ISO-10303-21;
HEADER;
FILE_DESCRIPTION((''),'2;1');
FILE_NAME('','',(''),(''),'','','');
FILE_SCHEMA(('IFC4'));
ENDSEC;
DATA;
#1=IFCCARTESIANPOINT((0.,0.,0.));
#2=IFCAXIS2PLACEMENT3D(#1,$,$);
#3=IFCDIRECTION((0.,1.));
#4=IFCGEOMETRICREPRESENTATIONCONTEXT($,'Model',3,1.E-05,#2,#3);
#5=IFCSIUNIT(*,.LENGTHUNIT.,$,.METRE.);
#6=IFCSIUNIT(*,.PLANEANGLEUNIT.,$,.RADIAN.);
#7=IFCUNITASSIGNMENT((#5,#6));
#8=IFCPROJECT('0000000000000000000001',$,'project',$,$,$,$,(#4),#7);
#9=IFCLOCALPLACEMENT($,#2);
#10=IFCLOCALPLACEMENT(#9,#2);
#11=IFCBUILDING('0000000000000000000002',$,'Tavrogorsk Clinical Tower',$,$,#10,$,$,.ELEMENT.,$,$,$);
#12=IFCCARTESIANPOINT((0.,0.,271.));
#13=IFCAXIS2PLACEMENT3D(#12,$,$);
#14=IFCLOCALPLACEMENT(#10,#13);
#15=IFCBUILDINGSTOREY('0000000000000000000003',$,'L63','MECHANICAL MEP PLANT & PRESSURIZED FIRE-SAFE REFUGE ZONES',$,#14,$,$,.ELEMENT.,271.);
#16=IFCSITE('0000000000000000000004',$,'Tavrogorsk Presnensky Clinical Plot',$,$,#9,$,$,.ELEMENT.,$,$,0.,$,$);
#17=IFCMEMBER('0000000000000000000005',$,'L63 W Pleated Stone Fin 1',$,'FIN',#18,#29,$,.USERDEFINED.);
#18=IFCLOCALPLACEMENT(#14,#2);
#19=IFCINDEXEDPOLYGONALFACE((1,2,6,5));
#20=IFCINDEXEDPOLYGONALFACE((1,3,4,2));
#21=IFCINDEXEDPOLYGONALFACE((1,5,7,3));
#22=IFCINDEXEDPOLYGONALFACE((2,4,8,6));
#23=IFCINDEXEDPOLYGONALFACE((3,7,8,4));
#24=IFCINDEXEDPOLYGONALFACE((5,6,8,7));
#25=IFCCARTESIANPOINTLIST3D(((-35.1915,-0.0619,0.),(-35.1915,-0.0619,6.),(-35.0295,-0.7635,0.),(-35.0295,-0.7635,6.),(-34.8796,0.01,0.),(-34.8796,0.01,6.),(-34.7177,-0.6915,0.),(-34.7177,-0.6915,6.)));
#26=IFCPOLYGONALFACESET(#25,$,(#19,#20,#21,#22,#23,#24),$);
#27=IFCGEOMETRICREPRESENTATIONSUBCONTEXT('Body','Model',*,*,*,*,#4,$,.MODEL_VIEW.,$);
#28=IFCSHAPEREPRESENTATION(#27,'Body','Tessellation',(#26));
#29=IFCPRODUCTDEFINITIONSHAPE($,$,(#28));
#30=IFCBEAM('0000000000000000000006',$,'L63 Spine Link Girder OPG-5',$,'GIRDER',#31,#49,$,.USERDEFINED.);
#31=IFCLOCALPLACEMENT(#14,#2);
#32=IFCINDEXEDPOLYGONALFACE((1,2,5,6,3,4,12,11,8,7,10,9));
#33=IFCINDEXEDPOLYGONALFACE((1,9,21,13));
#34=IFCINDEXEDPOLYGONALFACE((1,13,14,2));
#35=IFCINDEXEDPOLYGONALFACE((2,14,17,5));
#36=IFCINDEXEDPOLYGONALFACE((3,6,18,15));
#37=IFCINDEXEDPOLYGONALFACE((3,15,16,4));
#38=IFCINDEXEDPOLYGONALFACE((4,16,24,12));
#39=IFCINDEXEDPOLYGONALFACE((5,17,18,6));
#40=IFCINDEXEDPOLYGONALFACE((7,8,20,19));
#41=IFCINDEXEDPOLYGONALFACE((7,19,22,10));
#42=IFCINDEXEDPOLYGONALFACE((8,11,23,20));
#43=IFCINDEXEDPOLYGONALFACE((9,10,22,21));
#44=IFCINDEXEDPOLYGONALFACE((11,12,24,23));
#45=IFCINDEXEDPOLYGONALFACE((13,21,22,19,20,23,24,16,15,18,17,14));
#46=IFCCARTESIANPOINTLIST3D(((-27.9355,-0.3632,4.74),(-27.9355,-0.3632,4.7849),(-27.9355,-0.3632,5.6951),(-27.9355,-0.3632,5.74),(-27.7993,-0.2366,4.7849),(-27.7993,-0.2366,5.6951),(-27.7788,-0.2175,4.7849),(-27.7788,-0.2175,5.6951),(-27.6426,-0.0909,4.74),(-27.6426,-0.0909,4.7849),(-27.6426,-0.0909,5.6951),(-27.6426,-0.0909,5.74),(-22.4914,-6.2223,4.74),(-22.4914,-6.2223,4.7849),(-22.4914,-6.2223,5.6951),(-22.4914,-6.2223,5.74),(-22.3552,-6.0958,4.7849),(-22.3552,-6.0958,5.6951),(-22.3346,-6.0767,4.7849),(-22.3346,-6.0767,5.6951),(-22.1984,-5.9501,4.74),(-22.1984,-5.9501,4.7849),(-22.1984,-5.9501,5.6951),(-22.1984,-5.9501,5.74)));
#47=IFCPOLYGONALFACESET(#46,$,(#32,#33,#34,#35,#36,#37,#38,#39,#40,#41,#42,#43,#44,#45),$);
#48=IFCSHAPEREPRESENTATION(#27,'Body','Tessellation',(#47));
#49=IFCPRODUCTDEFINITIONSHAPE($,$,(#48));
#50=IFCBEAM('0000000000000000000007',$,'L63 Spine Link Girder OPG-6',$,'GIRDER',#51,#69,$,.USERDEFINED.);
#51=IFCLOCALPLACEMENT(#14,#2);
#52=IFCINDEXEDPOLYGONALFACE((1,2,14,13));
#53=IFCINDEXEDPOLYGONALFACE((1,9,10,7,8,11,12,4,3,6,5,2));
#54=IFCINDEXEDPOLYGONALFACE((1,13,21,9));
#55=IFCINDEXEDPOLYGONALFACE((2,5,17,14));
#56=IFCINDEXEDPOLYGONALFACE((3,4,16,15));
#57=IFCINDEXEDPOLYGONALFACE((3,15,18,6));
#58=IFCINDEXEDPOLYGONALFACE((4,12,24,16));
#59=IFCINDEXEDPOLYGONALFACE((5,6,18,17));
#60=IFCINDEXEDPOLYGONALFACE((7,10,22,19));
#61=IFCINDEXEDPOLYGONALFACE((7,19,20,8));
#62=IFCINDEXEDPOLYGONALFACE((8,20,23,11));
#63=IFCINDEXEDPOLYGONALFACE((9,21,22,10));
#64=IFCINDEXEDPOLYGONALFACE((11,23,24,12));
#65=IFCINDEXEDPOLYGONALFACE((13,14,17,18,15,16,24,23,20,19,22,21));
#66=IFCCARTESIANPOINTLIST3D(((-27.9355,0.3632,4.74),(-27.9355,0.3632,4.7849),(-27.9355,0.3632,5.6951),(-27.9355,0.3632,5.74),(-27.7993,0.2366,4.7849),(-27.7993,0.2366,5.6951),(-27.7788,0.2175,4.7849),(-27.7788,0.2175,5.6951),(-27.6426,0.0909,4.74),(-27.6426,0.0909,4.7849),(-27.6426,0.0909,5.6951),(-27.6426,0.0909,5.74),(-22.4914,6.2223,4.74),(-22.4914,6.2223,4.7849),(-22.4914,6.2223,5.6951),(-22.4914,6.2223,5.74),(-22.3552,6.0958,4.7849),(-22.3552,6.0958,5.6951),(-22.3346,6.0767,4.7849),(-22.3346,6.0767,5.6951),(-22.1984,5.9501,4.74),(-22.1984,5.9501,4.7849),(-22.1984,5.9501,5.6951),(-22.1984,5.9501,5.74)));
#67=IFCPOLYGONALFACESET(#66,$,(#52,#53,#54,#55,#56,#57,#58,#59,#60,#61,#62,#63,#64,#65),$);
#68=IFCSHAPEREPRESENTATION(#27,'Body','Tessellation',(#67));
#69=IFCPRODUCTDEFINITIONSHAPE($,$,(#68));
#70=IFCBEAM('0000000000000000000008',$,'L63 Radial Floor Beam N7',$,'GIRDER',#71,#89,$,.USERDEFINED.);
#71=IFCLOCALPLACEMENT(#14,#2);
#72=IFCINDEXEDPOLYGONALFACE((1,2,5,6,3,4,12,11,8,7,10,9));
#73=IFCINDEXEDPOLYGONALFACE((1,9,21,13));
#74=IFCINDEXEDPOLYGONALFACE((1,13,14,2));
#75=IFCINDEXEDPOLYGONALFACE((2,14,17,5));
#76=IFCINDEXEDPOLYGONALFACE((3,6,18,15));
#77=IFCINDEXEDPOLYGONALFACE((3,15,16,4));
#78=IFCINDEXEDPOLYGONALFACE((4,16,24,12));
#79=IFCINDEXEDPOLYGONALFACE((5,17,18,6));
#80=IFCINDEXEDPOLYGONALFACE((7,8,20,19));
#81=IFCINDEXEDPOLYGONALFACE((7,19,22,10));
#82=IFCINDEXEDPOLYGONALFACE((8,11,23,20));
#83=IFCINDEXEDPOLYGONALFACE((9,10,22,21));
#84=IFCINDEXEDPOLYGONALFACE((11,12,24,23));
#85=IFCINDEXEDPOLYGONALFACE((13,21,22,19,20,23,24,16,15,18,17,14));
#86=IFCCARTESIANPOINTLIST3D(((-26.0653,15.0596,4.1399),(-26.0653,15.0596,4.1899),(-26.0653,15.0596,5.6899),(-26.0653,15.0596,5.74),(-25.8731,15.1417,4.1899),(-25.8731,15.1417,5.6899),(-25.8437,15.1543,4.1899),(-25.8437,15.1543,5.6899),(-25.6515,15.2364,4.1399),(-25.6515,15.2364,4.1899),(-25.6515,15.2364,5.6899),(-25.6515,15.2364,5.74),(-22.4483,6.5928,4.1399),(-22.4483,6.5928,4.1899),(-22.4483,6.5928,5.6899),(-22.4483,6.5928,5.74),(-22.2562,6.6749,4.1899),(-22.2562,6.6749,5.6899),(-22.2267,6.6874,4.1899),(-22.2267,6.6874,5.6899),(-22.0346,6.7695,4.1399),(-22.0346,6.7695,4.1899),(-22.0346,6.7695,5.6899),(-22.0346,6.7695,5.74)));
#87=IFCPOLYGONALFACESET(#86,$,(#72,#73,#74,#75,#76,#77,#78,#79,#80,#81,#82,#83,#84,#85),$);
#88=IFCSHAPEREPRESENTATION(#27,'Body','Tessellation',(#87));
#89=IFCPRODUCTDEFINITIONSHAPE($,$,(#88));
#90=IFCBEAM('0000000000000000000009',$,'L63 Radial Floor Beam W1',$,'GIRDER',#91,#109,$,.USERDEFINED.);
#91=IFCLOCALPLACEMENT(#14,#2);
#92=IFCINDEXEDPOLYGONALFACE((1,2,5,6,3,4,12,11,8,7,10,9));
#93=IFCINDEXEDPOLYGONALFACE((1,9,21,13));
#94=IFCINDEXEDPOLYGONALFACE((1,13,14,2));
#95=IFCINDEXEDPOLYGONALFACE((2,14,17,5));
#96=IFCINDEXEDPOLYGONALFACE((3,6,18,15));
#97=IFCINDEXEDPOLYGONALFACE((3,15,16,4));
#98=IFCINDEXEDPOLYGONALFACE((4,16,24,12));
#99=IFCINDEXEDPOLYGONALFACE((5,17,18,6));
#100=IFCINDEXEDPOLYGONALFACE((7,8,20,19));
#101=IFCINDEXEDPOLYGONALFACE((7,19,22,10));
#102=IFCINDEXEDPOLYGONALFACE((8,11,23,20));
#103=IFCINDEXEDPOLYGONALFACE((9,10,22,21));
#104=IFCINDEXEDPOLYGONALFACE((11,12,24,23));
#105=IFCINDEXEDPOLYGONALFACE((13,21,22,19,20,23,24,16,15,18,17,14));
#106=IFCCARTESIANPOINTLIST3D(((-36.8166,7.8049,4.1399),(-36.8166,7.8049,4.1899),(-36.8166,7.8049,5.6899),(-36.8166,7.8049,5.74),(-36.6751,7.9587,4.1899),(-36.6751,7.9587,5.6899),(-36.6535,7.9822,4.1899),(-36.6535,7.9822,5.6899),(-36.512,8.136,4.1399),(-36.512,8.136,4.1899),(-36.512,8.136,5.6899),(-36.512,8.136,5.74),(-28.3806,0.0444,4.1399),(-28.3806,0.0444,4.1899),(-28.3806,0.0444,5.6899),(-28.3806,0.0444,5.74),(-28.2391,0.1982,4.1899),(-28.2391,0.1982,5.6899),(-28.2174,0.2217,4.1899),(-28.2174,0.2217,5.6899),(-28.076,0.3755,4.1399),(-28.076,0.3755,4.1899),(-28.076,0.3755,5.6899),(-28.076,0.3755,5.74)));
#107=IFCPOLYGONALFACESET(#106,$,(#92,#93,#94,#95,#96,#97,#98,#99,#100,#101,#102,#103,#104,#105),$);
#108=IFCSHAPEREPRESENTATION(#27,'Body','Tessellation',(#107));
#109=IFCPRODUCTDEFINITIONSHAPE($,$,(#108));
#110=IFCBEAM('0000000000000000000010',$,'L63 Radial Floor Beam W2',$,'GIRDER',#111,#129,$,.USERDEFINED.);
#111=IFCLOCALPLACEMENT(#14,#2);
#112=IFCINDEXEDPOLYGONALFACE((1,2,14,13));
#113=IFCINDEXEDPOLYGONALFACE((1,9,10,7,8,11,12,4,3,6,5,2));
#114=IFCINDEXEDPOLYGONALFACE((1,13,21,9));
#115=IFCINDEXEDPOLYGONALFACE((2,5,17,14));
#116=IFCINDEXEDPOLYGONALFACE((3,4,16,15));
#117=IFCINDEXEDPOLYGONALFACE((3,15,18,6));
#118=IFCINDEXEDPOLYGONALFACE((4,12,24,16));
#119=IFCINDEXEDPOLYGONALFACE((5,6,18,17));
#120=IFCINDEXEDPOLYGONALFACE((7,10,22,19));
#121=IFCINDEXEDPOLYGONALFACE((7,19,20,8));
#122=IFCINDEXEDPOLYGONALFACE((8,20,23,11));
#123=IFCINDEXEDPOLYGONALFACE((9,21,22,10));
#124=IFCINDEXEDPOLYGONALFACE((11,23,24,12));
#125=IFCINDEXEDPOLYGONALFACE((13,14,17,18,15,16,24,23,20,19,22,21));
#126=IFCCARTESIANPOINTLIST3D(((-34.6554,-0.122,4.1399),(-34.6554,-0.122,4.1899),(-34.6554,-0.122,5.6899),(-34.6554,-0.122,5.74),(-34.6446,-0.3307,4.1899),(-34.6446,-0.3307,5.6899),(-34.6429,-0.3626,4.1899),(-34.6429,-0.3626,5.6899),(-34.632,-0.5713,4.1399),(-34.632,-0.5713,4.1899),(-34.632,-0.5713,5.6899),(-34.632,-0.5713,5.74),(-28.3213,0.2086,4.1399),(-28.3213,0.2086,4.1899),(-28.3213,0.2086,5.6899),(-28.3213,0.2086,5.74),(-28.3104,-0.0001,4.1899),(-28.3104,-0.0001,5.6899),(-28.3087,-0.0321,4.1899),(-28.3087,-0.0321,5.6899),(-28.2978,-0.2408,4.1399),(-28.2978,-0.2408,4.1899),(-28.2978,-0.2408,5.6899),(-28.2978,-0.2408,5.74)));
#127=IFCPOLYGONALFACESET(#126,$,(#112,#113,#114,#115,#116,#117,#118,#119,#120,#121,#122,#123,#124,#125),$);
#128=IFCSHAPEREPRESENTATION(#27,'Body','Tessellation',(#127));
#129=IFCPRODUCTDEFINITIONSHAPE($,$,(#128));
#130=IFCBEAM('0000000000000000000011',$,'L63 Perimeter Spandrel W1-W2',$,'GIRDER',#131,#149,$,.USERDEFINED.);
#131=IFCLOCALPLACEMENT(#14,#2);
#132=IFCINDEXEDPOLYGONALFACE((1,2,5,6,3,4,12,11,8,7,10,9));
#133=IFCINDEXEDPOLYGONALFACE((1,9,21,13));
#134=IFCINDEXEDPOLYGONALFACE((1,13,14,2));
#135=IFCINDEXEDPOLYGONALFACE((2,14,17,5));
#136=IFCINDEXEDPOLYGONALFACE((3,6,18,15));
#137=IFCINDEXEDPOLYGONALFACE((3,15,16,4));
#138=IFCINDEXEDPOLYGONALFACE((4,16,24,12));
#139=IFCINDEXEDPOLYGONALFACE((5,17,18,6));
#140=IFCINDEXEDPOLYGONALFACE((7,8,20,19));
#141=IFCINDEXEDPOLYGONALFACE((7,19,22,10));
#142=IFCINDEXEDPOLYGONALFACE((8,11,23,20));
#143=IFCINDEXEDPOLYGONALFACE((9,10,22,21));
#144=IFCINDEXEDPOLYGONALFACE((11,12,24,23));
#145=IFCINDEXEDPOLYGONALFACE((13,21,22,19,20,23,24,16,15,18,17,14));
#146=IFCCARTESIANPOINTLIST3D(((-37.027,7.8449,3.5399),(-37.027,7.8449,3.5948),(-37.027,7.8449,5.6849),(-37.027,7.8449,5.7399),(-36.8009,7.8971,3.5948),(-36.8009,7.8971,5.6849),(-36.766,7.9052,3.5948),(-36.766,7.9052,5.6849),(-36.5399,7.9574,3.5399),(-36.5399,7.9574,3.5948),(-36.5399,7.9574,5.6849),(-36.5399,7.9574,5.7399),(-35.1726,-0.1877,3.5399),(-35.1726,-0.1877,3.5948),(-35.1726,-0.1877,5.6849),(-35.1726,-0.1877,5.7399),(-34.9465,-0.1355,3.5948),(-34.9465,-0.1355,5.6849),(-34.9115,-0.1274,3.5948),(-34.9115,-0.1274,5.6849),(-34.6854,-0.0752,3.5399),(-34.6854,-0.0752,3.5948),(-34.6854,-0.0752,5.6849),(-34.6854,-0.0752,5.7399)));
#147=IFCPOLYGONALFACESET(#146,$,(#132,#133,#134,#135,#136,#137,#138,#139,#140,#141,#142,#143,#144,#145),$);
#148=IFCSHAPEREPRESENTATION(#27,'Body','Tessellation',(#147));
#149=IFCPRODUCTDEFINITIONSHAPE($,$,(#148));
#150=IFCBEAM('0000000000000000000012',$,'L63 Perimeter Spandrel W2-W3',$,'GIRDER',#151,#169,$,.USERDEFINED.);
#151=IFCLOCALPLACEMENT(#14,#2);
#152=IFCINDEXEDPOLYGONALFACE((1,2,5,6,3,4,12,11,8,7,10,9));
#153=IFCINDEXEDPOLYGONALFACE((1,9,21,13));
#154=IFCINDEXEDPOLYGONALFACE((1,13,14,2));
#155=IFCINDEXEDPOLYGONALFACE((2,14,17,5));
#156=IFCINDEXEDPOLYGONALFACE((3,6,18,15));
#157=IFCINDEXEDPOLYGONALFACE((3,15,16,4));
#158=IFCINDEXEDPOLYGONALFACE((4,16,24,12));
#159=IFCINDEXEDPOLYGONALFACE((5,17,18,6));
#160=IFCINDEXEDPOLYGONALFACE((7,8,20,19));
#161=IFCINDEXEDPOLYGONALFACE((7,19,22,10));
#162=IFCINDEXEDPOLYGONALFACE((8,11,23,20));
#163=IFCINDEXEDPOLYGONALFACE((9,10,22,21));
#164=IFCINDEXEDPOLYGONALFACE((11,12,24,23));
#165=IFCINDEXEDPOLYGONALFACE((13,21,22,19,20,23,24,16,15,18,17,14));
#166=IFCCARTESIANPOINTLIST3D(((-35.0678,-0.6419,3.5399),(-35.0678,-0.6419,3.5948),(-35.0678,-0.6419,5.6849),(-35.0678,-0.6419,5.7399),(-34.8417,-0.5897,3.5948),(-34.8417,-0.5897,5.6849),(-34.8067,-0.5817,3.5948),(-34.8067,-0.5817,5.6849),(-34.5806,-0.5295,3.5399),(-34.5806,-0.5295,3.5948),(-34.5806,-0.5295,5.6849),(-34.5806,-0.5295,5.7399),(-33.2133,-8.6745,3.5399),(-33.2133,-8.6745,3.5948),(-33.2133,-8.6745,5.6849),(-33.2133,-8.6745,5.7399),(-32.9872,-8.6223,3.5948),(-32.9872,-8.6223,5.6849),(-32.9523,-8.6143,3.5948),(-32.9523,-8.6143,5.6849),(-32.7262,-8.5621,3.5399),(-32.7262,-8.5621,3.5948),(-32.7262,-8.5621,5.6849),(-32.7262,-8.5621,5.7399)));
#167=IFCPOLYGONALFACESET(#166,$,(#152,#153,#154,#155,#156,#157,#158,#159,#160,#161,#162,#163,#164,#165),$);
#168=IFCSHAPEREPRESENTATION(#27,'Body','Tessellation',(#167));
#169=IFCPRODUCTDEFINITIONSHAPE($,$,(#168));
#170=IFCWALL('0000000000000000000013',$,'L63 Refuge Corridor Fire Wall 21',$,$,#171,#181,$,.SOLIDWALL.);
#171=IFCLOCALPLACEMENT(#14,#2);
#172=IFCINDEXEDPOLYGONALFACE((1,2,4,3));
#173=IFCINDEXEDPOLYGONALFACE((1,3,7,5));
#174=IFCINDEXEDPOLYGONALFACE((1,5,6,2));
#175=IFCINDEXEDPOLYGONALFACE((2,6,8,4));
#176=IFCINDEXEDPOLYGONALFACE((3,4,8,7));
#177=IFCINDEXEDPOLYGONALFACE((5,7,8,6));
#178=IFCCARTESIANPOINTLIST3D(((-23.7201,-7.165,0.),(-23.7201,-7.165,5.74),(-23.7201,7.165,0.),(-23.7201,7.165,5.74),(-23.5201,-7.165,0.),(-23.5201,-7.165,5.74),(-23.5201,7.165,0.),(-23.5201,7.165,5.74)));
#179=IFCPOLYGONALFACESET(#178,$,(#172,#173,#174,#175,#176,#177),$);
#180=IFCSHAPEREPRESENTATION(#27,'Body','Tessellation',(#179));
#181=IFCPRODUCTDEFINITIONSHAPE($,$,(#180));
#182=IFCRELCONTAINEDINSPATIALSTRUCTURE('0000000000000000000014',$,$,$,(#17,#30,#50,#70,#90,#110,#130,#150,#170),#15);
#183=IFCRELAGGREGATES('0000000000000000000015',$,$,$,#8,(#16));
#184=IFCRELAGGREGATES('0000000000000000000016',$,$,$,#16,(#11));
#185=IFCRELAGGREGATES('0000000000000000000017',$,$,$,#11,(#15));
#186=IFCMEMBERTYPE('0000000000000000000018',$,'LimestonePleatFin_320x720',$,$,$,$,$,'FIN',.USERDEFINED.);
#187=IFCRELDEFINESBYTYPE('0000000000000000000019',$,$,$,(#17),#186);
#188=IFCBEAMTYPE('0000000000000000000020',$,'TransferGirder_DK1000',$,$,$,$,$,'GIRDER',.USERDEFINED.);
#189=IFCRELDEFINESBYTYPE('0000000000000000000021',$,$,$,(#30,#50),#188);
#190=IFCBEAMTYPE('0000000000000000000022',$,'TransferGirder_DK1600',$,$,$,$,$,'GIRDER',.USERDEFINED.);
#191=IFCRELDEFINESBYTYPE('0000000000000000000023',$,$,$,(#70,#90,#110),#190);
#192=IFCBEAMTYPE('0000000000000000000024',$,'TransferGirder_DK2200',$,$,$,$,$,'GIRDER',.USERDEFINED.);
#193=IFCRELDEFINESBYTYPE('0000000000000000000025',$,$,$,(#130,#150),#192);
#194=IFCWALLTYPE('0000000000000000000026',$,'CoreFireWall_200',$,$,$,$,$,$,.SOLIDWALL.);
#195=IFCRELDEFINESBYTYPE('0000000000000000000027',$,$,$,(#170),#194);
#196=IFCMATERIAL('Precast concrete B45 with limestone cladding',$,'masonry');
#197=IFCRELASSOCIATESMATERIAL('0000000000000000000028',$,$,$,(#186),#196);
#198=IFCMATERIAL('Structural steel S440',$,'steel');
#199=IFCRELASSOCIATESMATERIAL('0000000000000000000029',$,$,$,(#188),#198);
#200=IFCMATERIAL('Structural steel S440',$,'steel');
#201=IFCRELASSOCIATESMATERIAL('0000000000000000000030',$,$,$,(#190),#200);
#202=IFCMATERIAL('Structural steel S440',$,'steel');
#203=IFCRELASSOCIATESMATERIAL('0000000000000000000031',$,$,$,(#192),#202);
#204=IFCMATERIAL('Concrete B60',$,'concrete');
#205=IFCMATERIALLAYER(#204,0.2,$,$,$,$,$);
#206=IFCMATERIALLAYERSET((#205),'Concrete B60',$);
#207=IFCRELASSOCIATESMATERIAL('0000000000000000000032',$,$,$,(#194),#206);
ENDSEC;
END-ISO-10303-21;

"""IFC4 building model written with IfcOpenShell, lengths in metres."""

from ifc_helpers import new_model, si_unit, direction, frame, frame_2d, origin, origin_2d, place, context, subcontext, project, spatial, rectangle, i_section, extrude, material, layer, layer_set, material_profile, profile_set, type_object, element, save


model = new_model("IFC4")

# Units and contexts
model_context = context("Model", 3, precision=1e-05, world=origin(), true_north=direction((0.0, 1.0)))
body_context = subcontext(model_context, "Body", "Model", "MODEL_VIEW")
ifc_project = project(units=[si_unit("LENGTHUNIT", "METRE"), si_unit("PLANEANGLEUNIT", "RADIAN")], contexts=[model_context])

# Site, building, storey
site_placement = place(None, origin())
site = spatial("IfcSite", under=ifc_project, at=site_placement, Name="Tavrogorsk Presnensky Clinical Plot", CompositionType="ELEMENT", RefElevation=0.0)
building_placement = place(site_placement, origin())
building = spatial("IfcBuilding", under=site, at=building_placement, Name="Tavrogorsk Clinical Tower", CompositionType="ELEMENT")
storey_placement = place(building_placement, frame((0.0, 0.0, 271.0)))
storey = spatial("IfcBuildingStorey", under=building, at=storey_placement, Name="L63", Description="MECHANICAL MEP PLANT & PRESSURIZED FIRE-SAFE REFUGE ZONES", CompositionType="ELEMENT", Elevation=271.0)

# Member
ifc_material_1 = material(Name="Precast concrete B45 with limestone cladding", Category="masonry")
ifc_material_profile_1 = material_profile(ifc_material_1, rectangle(XDim=0.3201, YDim=0.72, at=origin_2d()), Name="LIMESTONE-FIN-320x720")
ifc_profile_set_1 = profile_set([ifc_material_profile_1], Name="Precast concrete B45 with limestone cladding")
member_type_1 = type_object("IfcMemberType", Name="LimestonePleatFin_320x720", ElementType="FIN", PredefinedType="USERDEFINED", material=ifc_profile_set_1)
member_placement = place(storey_placement, frame((-34.9546, -0.3767, 0.0), z_axis=(0.0, 0.0, 1.0), x_axis=(0.97437, 0.224951, 0.0)))
element("IfcMember", 1, at=member_placement, inside=storey, type_object=member_type_1, Name="L63 W Pleated Stone Fin 1", ObjectType="FIN", PredefinedType="USERDEFINED", context=body_context, shape_type="SweptSolid", body=[
    extrude(rectangle(XDim=0.3201, YDim=0.72, at=origin_2d()), origin(), (0.0, 0.0, 1.0), 6.0),
])

# Beams
ifc_material_2 = material(Name="Structural steel S440", Category="steel")
ifc_material_profile_2 = material_profile(ifc_material_2, i_section(OverallWidth=0.3999, OverallDepth=1.0, WebThickness=0.0281, FlangeThickness=0.0449, at=origin_2d()), Name="DK-1000x400x28x45")
ifc_profile_set_2 = profile_set([ifc_material_profile_2], Name="Structural steel S440")
beam_type_1 = type_object("IfcBeamType", Name="TransferGirder_DK1000", ElementType="GIRDER", PredefinedType="USERDEFINED", material=ifc_profile_set_2)
for number, where, z_axis, x_axis, name in (
    (2, (-27.7891, -0.2271, 5.24), (0.680684, -0.732577, 0.0), (0.732577, 0.680684, 0.0), "L63 Spine Link Girder OPG-5"),
    (3, (-27.7891, 0.2271, 5.24), (0.680684, 0.732577, 0.0), (-0.732577, 0.680684, 0.0), "L63 Spine Link Girder OPG-6"),
):
    element("IfcBeam", number, at=place(storey_placement, frame(where, z_axis=z_axis, x_axis=x_axis)), inside=storey, type_object=beam_type_1, Name=name, ObjectType="GIRDER", PredefinedType="USERDEFINED", context=body_context, shape_type="SweptSolid", body=[
        extrude(i_section(OverallWidth=0.3999, OverallDepth=1.0, WebThickness=0.0281, FlangeThickness=0.0449, at=origin_2d()), origin(), (0.0, 0.0, 1.0), 7.998),
    ])
ifc_material_3 = material(Name="Structural steel S440", Category="steel")
ifc_material_profile_3 = material_profile(ifc_material_3, i_section(OverallWidth=0.45, OverallDepth=1.6001, WebThickness=0.032, FlangeThickness=0.05, at=origin_2d()), Name="DK-1600x450x32x50")
ifc_profile_set_3 = profile_set([ifc_material_profile_3], Name="Structural steel S440")
beam_type_2 = type_object("IfcBeamType", Name="TransferGirder_DK1600", ElementType="GIRDER", PredefinedType="USERDEFINED", material=ifc_profile_set_3)
beam_1_placement = place(storey_placement, frame((-22.2415, 6.6812, 4.9399), z_axis=(-0.392847, 0.919604, 0.0), x_axis=(-0.919604, -0.392847, 0.0)))
element("IfcBeam", 4, at=beam_1_placement, inside=storey, type_object=beam_type_2, Name="L63 Radial Floor Beam N7", ObjectType="GIRDER", PredefinedType="USERDEFINED", context=body_context, shape_type="SweptSolid", body=[
    extrude(i_section(OverallWidth=0.45, OverallDepth=1.6001, WebThickness=0.032, FlangeThickness=0.05, at=origin_2d()), origin(), (0.0, 0.0, 1.0), 9.207),
])
beam_2_placement = place(storey_placement, frame((-28.2283, 0.21, 4.9399), z_axis=(-0.735959, 0.677026, 0.0), x_axis=(-0.677026, -0.735959, 0.0)))
element("IfcBeam", 5, at=beam_2_placement, inside=storey, type_object=beam_type_2, Name="L63 Radial Floor Beam W1", ObjectType="GIRDER", PredefinedType="USERDEFINED", context=body_context, shape_type="SweptSolid", body=[
    extrude(i_section(OverallWidth=0.45, OverallDepth=1.6001, WebThickness=0.032, FlangeThickness=0.05, at=origin_2d()), origin(), (0.0, 0.0, 1.0), 11.4626),
])
beam_3_placement = place(storey_placement, frame((-28.3096, -0.0161, 4.9399), z_axis=(-0.998641, -0.052116, 0.0), x_axis=(0.052116, -0.998641, 0.0)))
element("IfcBeam", 6, at=beam_3_placement, inside=storey, type_object=beam_type_2, Name="L63 Radial Floor Beam W2", ObjectType="GIRDER", PredefinedType="USERDEFINED", context=body_context, shape_type="SweptSolid", body=[
    extrude(i_section(OverallWidth=0.45, OverallDepth=1.6001, WebThickness=0.032, FlangeThickness=0.05, at=origin_2d()), origin(), (0.0, 0.0, 1.0), 6.3428),
])
ifc_material_4 = material(Name="Structural steel S440", Category="steel")
ifc_material_profile_4 = material_profile(ifc_material_4, i_section(OverallWidth=0.5, OverallDepth=2.2, WebThickness=0.0359, FlangeThickness=0.0549, at=origin_2d()), Name="DK-2200x500x36x55")
ifc_profile_set_4 = profile_set([ifc_material_profile_4], Name="Structural steel S440")
beam_type_3 = type_object("IfcBeamType", Name="TransferGirder_DK2200", ElementType="GIRDER", PredefinedType="USERDEFINED", material=ifc_profile_set_4)
for number, where, z_axis, x_axis, name in (
    (7, (-36.7834, 7.9011, 4.6399), (0.22495, -0.97437, 0.0), (0.97437, 0.22495, 0.0), "L63 Perimeter Spandrel W1-W2"),
    (8, (-34.8242, -0.5857, 4.6399), (0.22495, -0.97437, 0.0), (0.97437, 0.22495, 0.0), "L63 Perimeter Spandrel W2-W3"),
):
    element("IfcBeam", number, at=place(storey_placement, frame(where, z_axis=z_axis, x_axis=x_axis)), inside=storey, type_object=beam_type_3, Name=name, ObjectType="GIRDER", PredefinedType="USERDEFINED", context=body_context, shape_type="SweptSolid", body=[
        extrude(i_section(OverallWidth=0.5, OverallDepth=2.2, WebThickness=0.0359, FlangeThickness=0.0549, at=origin_2d()), origin(), (0.0, 0.0, 1.0), 8.2439),
    ])

# Wall
ifc_material_5 = material(Name="Concrete B60", Category="concrete")
ifc_layer_1 = layer(ifc_material_5, 0.2)
ifc_layer_set_1 = layer_set([ifc_layer_1], Name="Concrete B60")
wall_type_1 = type_object("IfcWallType", Name="CoreFireWall_200", PredefinedType="SOLIDWALL", material=ifc_layer_set_1)
wall_1_placement = place(storey_placement, frame((-23.6201, 7.165, 0.0), z_axis=(0.0, 0.0, 1.0), x_axis=(0.0, -1.0, 0.0)))
element("IfcWall", 9, at=wall_1_placement, inside=storey, type_object=wall_type_1, Name="L63 Refuge Corridor Fire Wall 21", PredefinedType="SOLIDWALL", context=body_context, shape_type="SweptSolid", body=[
    extrude(rectangle(XDim=14.3301, YDim=0.2, at=frame_2d((7.165, 0.0))), origin(), (0.0, 0.0, 1.0), 5.74),
])

save(model, "model.ifc")
